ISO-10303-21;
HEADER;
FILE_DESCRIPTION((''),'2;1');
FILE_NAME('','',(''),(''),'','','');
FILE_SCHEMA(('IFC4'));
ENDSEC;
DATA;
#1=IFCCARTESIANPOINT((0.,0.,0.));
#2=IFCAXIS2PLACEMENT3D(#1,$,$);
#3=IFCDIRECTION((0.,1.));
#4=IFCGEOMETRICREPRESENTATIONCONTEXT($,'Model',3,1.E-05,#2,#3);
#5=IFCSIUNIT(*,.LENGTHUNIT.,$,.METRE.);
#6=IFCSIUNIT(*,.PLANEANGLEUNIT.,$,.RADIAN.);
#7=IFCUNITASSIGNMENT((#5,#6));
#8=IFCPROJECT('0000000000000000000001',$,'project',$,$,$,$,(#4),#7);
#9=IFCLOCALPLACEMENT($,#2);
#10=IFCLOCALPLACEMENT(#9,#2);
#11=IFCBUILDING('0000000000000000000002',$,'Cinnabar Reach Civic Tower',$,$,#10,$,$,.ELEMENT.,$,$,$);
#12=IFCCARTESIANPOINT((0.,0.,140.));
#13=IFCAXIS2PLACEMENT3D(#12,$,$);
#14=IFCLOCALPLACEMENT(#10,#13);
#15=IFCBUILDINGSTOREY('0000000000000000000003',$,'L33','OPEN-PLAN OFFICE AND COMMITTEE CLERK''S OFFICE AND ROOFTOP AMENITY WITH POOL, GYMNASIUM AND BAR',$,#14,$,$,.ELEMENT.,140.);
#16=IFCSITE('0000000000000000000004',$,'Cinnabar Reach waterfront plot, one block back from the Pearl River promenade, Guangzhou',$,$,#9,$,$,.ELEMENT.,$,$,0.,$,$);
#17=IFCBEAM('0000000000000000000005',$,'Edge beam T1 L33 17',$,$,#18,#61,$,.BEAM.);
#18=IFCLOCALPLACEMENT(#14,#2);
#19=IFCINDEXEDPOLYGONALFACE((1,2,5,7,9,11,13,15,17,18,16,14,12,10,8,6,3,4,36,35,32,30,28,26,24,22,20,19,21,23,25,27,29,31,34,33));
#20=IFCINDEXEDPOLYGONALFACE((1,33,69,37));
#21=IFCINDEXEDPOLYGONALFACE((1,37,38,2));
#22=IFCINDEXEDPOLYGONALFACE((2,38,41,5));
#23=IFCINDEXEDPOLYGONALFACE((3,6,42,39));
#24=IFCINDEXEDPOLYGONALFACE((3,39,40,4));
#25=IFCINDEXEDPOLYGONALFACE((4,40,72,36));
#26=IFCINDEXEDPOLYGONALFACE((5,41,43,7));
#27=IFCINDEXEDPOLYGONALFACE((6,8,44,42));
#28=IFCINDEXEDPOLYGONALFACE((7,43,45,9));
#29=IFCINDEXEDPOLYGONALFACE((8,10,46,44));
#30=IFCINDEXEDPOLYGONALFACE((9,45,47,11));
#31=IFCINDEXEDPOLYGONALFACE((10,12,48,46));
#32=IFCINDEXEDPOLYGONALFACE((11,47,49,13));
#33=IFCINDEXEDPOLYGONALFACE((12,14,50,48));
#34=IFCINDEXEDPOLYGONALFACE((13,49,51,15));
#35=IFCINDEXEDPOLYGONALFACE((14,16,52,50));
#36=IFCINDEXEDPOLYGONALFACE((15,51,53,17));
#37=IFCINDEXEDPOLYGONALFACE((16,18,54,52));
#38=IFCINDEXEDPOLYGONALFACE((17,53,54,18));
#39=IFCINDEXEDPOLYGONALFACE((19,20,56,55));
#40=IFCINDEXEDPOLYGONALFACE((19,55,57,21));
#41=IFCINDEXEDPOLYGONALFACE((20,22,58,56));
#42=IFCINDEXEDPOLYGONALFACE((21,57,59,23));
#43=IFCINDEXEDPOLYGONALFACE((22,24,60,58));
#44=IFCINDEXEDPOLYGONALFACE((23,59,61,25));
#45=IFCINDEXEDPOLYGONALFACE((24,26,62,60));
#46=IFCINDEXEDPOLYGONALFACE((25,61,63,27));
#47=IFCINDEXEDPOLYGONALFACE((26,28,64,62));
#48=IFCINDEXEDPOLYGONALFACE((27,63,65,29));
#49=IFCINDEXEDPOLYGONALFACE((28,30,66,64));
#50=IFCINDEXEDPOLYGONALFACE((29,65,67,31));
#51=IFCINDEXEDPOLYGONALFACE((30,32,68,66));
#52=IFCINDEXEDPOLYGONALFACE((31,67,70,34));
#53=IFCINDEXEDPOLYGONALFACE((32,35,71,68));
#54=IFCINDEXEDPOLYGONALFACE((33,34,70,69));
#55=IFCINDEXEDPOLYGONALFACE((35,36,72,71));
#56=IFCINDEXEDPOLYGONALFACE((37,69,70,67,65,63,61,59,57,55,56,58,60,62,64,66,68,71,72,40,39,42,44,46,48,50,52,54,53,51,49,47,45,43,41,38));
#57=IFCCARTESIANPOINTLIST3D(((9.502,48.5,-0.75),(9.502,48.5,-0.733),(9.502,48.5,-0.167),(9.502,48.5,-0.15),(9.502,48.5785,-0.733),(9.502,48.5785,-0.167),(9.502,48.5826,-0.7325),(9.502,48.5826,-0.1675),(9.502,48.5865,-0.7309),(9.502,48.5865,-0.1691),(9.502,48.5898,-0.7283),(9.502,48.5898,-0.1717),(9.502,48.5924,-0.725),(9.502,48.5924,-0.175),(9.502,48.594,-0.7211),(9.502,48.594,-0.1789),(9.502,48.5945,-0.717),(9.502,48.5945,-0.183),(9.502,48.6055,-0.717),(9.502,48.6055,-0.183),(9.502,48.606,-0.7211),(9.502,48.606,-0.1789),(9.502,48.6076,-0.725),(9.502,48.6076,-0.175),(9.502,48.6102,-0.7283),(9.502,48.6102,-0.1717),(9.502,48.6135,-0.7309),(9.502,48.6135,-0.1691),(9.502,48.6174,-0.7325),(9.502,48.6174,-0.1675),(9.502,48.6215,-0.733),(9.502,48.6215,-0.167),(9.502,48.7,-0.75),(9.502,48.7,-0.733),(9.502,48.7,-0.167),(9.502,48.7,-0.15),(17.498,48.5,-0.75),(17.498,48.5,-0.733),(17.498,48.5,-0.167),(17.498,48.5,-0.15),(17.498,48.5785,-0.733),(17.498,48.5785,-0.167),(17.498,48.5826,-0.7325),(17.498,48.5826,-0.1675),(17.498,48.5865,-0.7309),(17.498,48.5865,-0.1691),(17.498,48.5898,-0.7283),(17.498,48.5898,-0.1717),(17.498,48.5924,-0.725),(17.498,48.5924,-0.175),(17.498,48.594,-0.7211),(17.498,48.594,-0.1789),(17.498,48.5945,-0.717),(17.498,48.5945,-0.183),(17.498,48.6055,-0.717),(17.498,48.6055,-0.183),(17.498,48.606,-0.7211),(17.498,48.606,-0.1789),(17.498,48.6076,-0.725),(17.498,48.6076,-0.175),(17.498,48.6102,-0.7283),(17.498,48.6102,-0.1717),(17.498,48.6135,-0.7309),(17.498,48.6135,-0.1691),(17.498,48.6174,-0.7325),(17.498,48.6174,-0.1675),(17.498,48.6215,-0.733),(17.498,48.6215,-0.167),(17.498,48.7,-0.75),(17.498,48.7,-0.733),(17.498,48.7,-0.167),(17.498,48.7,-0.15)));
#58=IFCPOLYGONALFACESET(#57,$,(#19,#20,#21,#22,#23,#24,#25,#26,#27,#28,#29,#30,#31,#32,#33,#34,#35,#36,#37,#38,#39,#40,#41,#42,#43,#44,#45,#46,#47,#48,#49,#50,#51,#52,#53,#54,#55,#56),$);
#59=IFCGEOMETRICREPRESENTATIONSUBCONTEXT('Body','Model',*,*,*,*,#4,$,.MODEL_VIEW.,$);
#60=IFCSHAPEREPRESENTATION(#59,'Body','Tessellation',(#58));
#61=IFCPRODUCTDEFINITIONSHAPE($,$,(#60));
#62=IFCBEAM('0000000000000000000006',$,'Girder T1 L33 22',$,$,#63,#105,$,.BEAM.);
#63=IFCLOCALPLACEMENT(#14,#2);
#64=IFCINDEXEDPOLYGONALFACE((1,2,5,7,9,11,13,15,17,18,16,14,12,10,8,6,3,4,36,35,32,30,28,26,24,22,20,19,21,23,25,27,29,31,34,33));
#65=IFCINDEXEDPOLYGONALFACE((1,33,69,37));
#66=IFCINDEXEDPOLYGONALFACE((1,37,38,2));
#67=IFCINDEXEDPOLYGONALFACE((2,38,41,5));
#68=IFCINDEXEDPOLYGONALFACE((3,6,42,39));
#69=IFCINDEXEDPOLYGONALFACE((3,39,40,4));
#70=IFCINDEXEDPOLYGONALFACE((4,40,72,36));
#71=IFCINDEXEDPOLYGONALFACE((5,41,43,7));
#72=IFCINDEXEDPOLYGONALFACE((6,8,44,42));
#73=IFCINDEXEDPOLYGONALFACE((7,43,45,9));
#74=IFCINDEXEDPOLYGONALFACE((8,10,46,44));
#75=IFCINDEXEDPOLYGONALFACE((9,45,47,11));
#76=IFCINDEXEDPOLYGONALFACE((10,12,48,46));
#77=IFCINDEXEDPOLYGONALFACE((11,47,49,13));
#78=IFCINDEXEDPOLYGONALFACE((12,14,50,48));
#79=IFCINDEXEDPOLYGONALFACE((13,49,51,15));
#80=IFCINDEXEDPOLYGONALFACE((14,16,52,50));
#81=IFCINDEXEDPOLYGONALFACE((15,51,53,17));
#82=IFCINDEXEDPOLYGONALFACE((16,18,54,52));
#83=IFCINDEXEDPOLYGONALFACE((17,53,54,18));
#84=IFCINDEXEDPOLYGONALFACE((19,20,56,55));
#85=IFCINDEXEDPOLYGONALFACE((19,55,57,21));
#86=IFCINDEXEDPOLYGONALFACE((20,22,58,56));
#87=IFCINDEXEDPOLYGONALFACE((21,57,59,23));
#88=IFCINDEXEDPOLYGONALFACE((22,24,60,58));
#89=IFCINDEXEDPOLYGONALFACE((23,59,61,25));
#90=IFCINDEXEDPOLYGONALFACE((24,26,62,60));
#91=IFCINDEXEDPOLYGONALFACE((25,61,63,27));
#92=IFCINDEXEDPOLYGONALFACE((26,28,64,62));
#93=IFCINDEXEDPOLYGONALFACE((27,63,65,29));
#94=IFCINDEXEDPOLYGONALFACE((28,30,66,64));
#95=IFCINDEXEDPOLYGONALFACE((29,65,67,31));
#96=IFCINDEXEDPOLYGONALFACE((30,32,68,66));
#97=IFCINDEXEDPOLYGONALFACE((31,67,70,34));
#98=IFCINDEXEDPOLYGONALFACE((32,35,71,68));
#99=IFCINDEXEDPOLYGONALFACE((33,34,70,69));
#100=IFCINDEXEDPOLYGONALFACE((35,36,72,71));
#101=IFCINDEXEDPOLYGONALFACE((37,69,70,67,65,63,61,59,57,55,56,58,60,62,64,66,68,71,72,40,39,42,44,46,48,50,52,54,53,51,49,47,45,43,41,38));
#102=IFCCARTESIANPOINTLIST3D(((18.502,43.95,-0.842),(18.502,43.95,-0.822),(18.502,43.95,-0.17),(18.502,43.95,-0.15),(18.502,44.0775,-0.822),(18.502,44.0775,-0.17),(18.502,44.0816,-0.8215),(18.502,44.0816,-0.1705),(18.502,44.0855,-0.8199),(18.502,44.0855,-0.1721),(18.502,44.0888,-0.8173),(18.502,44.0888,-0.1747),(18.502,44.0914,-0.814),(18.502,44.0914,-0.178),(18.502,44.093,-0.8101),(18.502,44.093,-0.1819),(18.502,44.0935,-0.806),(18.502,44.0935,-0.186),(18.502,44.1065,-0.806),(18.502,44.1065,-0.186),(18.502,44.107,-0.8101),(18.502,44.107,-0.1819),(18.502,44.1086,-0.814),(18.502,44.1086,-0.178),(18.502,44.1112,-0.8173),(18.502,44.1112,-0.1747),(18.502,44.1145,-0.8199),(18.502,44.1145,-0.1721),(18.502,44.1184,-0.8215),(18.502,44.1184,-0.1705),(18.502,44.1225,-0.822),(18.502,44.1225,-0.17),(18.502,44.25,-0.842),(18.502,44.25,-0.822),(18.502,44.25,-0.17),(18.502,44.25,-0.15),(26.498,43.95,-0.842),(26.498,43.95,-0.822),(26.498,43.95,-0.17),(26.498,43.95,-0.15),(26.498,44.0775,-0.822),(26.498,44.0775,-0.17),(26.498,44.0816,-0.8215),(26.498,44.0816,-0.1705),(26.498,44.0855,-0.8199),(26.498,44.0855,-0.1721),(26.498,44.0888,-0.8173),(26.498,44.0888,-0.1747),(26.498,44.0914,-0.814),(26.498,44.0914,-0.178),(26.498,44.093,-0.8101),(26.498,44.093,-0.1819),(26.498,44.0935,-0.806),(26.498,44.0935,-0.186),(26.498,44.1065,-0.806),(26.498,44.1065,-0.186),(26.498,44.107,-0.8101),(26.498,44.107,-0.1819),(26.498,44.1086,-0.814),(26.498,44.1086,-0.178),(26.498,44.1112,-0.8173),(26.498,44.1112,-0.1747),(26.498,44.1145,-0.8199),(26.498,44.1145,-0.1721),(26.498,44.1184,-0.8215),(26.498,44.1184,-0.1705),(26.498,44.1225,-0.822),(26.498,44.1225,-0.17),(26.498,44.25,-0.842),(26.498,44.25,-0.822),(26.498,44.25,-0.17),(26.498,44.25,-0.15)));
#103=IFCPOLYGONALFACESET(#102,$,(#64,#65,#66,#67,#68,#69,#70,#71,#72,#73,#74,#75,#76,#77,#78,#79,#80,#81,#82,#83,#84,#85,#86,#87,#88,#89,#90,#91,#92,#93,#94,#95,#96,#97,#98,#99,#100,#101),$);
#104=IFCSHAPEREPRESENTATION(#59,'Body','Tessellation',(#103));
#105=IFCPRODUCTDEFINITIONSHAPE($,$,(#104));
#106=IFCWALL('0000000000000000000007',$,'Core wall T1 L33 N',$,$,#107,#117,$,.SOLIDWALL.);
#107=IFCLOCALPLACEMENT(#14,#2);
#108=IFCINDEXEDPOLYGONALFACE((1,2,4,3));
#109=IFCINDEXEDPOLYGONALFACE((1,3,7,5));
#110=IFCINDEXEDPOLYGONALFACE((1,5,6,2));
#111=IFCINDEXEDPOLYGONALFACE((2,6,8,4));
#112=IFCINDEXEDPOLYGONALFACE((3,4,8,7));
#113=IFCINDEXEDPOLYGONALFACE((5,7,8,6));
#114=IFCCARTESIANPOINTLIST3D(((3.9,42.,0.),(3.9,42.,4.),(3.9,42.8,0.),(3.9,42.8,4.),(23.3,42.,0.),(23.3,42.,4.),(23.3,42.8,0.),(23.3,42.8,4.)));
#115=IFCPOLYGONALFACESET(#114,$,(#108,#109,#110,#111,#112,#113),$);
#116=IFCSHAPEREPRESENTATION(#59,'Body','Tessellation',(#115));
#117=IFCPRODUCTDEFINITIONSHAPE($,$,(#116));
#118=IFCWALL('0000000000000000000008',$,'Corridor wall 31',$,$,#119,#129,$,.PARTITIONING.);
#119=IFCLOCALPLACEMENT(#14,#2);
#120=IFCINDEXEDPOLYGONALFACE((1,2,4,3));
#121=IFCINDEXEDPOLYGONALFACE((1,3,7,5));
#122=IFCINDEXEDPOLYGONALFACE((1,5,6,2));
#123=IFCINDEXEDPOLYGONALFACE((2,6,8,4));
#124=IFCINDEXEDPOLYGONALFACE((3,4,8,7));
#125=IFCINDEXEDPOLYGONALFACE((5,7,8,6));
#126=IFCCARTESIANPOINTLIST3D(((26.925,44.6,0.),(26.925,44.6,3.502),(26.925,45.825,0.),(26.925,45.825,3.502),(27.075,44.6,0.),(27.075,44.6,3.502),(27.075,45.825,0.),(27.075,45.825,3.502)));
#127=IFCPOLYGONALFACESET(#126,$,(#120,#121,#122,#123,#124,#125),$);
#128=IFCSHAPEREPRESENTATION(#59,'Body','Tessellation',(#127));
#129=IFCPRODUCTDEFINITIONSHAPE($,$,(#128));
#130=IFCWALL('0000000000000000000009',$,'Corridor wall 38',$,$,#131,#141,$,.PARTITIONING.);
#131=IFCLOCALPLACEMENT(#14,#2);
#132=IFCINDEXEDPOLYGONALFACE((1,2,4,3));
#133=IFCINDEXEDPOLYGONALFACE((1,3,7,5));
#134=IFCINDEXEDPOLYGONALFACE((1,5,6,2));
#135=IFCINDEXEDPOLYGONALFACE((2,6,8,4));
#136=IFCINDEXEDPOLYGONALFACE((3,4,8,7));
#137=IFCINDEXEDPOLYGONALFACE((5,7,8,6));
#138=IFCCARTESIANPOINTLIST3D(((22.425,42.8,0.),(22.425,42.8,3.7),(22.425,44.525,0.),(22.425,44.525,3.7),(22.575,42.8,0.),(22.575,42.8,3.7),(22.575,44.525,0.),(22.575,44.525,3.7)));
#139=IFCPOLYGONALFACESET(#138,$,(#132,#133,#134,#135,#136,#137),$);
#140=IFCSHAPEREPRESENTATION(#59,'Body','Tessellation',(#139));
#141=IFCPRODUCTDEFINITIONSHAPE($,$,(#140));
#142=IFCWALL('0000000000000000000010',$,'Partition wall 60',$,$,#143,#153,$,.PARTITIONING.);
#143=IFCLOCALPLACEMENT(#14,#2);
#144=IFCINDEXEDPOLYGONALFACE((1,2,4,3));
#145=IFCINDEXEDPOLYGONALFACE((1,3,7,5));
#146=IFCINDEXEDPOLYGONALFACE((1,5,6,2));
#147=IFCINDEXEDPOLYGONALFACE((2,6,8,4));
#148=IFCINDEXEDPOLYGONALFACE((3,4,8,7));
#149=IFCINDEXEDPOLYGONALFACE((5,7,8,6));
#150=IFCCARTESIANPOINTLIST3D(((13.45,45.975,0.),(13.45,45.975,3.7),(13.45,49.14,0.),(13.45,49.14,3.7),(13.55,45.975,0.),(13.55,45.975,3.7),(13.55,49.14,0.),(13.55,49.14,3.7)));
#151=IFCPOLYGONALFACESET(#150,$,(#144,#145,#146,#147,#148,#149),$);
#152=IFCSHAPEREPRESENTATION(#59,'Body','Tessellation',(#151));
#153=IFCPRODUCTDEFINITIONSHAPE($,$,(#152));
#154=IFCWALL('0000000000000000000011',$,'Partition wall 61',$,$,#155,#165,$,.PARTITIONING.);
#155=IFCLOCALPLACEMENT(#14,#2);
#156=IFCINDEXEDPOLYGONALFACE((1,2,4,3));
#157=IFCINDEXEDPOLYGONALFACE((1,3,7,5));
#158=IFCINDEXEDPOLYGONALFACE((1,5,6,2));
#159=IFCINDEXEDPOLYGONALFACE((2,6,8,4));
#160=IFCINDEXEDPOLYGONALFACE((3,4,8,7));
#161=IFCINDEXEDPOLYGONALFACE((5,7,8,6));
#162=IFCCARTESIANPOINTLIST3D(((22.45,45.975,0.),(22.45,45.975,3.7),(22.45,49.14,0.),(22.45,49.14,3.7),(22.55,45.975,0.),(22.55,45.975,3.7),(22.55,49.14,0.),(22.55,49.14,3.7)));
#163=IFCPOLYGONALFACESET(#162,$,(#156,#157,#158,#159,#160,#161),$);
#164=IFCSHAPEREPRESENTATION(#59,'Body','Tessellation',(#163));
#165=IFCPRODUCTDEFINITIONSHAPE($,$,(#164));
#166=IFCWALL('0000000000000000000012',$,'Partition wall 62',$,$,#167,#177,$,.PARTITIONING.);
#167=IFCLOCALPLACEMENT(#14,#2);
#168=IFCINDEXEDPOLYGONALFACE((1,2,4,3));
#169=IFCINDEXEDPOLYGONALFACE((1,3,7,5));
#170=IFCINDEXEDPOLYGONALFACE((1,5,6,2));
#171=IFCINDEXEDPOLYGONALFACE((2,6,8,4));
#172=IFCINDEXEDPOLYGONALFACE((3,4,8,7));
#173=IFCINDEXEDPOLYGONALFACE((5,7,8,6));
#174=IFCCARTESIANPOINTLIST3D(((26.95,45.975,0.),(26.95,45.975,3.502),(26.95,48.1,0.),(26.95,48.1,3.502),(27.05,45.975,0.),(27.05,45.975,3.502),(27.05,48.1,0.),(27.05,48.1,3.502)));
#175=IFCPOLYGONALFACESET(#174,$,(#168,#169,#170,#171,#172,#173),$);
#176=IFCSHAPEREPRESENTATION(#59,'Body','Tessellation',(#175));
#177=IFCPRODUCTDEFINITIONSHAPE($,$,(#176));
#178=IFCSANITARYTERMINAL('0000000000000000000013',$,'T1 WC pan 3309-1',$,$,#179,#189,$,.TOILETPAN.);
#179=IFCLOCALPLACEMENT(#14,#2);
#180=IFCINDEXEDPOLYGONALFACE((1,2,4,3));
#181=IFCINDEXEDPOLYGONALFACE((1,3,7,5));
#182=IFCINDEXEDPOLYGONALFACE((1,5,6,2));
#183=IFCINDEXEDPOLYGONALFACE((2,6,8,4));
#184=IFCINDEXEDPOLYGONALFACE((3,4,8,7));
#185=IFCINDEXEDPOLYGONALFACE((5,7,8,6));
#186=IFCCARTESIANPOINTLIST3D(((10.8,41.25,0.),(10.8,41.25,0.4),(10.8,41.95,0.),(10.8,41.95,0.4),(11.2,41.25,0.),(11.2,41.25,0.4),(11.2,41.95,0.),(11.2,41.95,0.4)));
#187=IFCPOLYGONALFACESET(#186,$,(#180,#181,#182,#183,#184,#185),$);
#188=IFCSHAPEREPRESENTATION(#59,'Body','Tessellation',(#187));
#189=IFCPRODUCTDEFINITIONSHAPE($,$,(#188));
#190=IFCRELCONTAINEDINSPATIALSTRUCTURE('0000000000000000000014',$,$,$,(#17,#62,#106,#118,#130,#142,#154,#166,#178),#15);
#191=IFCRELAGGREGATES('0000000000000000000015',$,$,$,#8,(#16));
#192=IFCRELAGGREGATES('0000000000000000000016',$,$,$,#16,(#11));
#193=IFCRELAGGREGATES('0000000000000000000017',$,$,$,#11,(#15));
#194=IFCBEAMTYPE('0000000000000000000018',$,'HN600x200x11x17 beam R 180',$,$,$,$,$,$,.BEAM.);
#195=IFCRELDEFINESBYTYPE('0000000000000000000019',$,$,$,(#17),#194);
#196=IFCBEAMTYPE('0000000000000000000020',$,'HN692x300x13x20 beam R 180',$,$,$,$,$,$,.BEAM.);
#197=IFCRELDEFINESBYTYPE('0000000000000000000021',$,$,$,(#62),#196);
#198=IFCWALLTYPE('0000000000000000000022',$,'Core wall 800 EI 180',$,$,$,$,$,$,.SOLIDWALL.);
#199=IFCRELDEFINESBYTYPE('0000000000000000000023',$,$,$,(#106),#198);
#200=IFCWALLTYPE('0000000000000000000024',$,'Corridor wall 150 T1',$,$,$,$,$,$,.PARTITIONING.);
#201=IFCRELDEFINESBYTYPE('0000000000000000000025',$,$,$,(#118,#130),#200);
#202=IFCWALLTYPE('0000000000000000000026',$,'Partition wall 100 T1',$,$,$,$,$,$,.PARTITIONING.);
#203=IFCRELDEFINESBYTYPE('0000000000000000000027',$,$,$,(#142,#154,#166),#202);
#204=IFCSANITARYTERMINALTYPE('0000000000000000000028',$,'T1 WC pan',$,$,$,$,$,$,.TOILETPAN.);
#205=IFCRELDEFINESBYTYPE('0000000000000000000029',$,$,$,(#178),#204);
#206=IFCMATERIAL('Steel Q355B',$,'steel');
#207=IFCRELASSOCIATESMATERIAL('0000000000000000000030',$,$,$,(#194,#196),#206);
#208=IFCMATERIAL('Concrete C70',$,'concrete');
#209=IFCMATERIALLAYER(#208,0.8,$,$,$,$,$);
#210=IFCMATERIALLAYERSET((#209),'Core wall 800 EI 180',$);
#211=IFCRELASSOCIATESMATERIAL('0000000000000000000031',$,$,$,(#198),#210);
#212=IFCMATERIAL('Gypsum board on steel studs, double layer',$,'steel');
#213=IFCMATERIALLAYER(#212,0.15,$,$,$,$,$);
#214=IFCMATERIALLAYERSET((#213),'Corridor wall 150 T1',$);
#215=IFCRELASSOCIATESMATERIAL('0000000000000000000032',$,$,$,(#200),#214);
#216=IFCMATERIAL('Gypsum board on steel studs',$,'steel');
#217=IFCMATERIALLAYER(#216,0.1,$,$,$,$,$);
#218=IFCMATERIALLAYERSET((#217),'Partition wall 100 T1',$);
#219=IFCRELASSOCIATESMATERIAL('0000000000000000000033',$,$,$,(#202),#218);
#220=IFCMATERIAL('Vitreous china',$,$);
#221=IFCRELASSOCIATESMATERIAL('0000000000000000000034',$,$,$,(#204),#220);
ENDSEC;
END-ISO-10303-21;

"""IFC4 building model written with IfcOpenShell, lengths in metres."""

from ifc_helpers import new_model, si_unit, direction, frame, frame_2d, origin, origin_2d, place, context, subcontext, project, spatial, rectangle, i_section, extrude, material, layer, layer_set, material_profile, profile_set, type_object, element, save


model = new_model("IFC4")

# Units and contexts
model_context = context("Model", 3, precision=1e-05, world=origin(), true_north=direction((0.0, 1.0)))
body_context = subcontext(model_context, "Body", "Model", "MODEL_VIEW")
ifc_project = project(units=[si_unit("LENGTHUNIT", "METRE"), si_unit("PLANEANGLEUNIT", "RADIAN")], contexts=[model_context])

# Site, building, storey
site_placement = place(None, origin())
site = spatial("IfcSite", under=ifc_project, at=site_placement, Name="Cinnabar Reach waterfront plot, one block back from the Pearl River promenade, Guangzhou", CompositionType="ELEMENT", RefElevation=0.0)
building_placement = place(site_placement, origin())
building = spatial("IfcBuilding", under=site, at=building_placement, Name="Cinnabar Reach Civic Tower", CompositionType="ELEMENT")
storey_placement = place(building_placement, frame((0.0, 0.0, 140.0)))
storey = spatial("IfcBuildingStorey", under=building, at=storey_placement, Name="L33", Description="OPEN-PLAN OFFICE AND COMMITTEE CLERK'S OFFICE AND ROOFTOP AMENITY WITH POOL, GYMNASIUM AND BAR", CompositionType="ELEMENT", Elevation=140.0)

# Shared definitions
ifc_material_1 = material(Name="Concrete C70", Category="concrete")

# Beams
ifc_material_2 = material(Name="Steel Q355B", Category="steel")
ifc_material_profile_1 = material_profile(ifc_material_2, i_section(OverallWidth=0.2, OverallDepth=0.6, WebThickness=0.011, FlangeThickness=0.017, FilletRadius=0.016, at=origin_2d()), Name="HN600x200x11x17")
ifc_profile_set_1 = profile_set([ifc_material_profile_1], Name="Steel Q355B")
beam_type_1 = type_object("IfcBeamType", Name="HN600x200x11x17 beam R 180", PredefinedType="BEAM", material=ifc_profile_set_1)
for number, where, z_axis, x_axis, name in (
    (1, (17.498, 48.6, -0.45), (-1.0, 0.0, 0.0), (0.0, -1.0, 0.0), "Edge beam T1 L33 17"),
):
    element("IfcBeam", number, at=place(storey_placement, frame(where, z_axis=z_axis, x_axis=x_axis)), inside=storey, type_object=beam_type_1, Name=name, PredefinedType="BEAM", context=body_context, shape_type="SweptSolid", body=[
        extrude(i_section(OverallWidth=0.2, OverallDepth=0.6, WebThickness=0.011, FlangeThickness=0.017, FilletRadius=0.016, at=origin_2d()), origin(), (0.0, 0.0, 1.0), 7.996),
    ])
ifc_material_profile_2 = material_profile(ifc_material_2, i_section(OverallWidth=0.3, OverallDepth=0.692, WebThickness=0.013, FlangeThickness=0.02, FilletRadius=0.016, at=origin_2d()), Name="HN692x300x13x20")
ifc_profile_set_2 = profile_set([ifc_material_profile_2], Name="Steel Q355B")
beam_type_2 = type_object("IfcBeamType", Name="HN692x300x13x20 beam R 180", PredefinedType="BEAM", material=ifc_profile_set_2)
beam_1_placement = place(storey_placement, frame((18.502, 44.1, -0.496), z_axis=(1.0, 0.0, 0.0), x_axis=(0.0, 1.0, 0.0)))
element("IfcBeam", 2, at=beam_1_placement, inside=storey, type_object=beam_type_2, Name="Girder T1 L33 22", PredefinedType="BEAM", context=body_context, shape_type="SweptSolid", body=[
    extrude(i_section(OverallWidth=0.3, OverallDepth=0.692, WebThickness=0.013, FlangeThickness=0.02, FilletRadius=0.016, at=origin_2d()), origin(), (0.0, 0.0, 1.0), 7.996),
])

# Walls
ifc_layer_1 = layer(ifc_material_1, 0.8)
ifc_layer_set_1 = layer_set([ifc_layer_1], Name="Core wall 800 EI 180")
wall_type_1 = type_object("IfcWallType", Name="Core wall 800 EI 180", PredefinedType="SOLIDWALL", material=ifc_layer_set_1)
wall_1_placement = place(storey_placement, frame((23.3, 42.4, 0.0), z_axis=(0.0, 0.0, 1.0), x_axis=(-1.0, 0.0, 0.0)))
element("IfcWall", 3, at=wall_1_placement, inside=storey, type_object=wall_type_1, Name="Core wall T1 L33 N", PredefinedType="SOLIDWALL", context=body_context, shape_type="SweptSolid", body=[
    extrude(rectangle(XDim=19.4, YDim=0.8, at=frame_2d((9.7, 0.0))), origin(), (0.0, 0.0, 1.0), 4.0),
])
ifc_material_3 = material(Name="Gypsum board on steel studs, double layer", Category="steel")
ifc_layer_2 = layer(ifc_material_3, 0.15)
ifc_layer_set_2 = layer_set([ifc_layer_2], Name="Corridor wall 150 T1")
wall_type_2 = type_object("IfcWallType", Name="Corridor wall 150 T1", PredefinedType="PARTITIONING", material=ifc_layer_set_2)
wall_2_placement = place(storey_placement, frame((27.0, 44.6, 0.0), z_axis=(0.0, 0.0, 1.0), x_axis=(0.0, 1.0, 0.0)))
element("IfcWall", 4, at=wall_2_placement, inside=storey, type_object=wall_type_2, Name="Corridor wall 31", PredefinedType="PARTITIONING", context=body_context, shape_type="SweptSolid", body=[
    extrude(rectangle(XDim=1.225, YDim=0.15, at=frame_2d((0.6125, 0.0))), origin(), (0.0, 0.0, 1.0), 3.502),
])
wall_3_placement = place(storey_placement, frame((22.5, 42.8, 0.0), z_axis=(0.0, 0.0, 1.0), x_axis=(0.0, 1.0, 0.0)))
element("IfcWall", 5, at=wall_3_placement, inside=storey, type_object=wall_type_2, Name="Corridor wall 38", PredefinedType="PARTITIONING", context=body_context, shape_type="SweptSolid", body=[
    extrude(rectangle(XDim=1.725, YDim=0.15, at=frame_2d((0.8625, 0.0))), origin(), (0.0, 0.0, 1.0), 3.7),
])
ifc_material_4 = material(Name="Gypsum board on steel studs", Category="steel")
ifc_layer_3 = layer(ifc_material_4, 0.1)
ifc_layer_set_3 = layer_set([ifc_layer_3], Name="Partition wall 100 T1")
wall_type_3 = type_object("IfcWallType", Name="Partition wall 100 T1", PredefinedType="PARTITIONING", material=ifc_layer_set_3)
for number, where, z_axis, x_axis, name in (
    (6, (13.5, 45.975, 0.0), (0.0, 0.0, 1.0), (0.0, 1.0, 0.0), "Partition wall 60"),
    (7, (22.5, 45.975, 0.0), (0.0, 0.0, 1.0), (0.0, 1.0, 0.0), "Partition wall 61"),
):
    element("IfcWall", number, at=place(storey_placement, frame(where, z_axis=z_axis, x_axis=x_axis)), inside=storey, type_object=wall_type_3, Name=name, PredefinedType="PARTITIONING", context=body_context, shape_type="SweptSolid", body=[
        extrude(rectangle(XDim=3.165, YDim=0.1, at=frame_2d((1.5825, 0.0))), origin(), (0.0, 0.0, 1.0), 3.7),
    ])
wall_4_placement = place(storey_placement, frame((27.0, 45.975, 0.0), z_axis=(0.0, 0.0, 1.0), x_axis=(0.0, 1.0, 0.0)))
element("IfcWall", 8, at=wall_4_placement, inside=storey, type_object=wall_type_3, Name="Partition wall 62", PredefinedType="PARTITIONING", context=body_context, shape_type="SweptSolid", body=[
    extrude(rectangle(XDim=2.125, YDim=0.1, at=frame_2d((1.0625, 0.0))), origin(), (0.0, 0.0, 1.0), 3.502),
])

# Sanitary terminal
ifc_material_5 = material(Name="Vitreous china")
sanitary_terminal_type_1 = type_object("IfcSanitaryTerminalType", Name="T1 WC pan", PredefinedType="TOILETPAN", material=ifc_material_5)
for number, where, z_axis, x_axis, name in (
    (9, (11.0, 41.6, 0.0), (0.0, 0.0, 1.0), (1.0, 0.0, 0.0), "T1 WC pan 3309-1"),
):
    element("IfcSanitaryTerminal", number, at=place(storey_placement, frame(where, z_axis=z_axis, x_axis=x_axis)), inside=storey, type_object=sanitary_terminal_type_1, Name=name, PredefinedType="TOILETPAN", context=body_context, shape_type="SweptSolid", body=[
        extrude(rectangle(XDim=0.4, YDim=0.7, at=origin_2d()), origin(), (0.0, 0.0, 1.0), 0.4),
    ])

save(model, "model.ifc")
